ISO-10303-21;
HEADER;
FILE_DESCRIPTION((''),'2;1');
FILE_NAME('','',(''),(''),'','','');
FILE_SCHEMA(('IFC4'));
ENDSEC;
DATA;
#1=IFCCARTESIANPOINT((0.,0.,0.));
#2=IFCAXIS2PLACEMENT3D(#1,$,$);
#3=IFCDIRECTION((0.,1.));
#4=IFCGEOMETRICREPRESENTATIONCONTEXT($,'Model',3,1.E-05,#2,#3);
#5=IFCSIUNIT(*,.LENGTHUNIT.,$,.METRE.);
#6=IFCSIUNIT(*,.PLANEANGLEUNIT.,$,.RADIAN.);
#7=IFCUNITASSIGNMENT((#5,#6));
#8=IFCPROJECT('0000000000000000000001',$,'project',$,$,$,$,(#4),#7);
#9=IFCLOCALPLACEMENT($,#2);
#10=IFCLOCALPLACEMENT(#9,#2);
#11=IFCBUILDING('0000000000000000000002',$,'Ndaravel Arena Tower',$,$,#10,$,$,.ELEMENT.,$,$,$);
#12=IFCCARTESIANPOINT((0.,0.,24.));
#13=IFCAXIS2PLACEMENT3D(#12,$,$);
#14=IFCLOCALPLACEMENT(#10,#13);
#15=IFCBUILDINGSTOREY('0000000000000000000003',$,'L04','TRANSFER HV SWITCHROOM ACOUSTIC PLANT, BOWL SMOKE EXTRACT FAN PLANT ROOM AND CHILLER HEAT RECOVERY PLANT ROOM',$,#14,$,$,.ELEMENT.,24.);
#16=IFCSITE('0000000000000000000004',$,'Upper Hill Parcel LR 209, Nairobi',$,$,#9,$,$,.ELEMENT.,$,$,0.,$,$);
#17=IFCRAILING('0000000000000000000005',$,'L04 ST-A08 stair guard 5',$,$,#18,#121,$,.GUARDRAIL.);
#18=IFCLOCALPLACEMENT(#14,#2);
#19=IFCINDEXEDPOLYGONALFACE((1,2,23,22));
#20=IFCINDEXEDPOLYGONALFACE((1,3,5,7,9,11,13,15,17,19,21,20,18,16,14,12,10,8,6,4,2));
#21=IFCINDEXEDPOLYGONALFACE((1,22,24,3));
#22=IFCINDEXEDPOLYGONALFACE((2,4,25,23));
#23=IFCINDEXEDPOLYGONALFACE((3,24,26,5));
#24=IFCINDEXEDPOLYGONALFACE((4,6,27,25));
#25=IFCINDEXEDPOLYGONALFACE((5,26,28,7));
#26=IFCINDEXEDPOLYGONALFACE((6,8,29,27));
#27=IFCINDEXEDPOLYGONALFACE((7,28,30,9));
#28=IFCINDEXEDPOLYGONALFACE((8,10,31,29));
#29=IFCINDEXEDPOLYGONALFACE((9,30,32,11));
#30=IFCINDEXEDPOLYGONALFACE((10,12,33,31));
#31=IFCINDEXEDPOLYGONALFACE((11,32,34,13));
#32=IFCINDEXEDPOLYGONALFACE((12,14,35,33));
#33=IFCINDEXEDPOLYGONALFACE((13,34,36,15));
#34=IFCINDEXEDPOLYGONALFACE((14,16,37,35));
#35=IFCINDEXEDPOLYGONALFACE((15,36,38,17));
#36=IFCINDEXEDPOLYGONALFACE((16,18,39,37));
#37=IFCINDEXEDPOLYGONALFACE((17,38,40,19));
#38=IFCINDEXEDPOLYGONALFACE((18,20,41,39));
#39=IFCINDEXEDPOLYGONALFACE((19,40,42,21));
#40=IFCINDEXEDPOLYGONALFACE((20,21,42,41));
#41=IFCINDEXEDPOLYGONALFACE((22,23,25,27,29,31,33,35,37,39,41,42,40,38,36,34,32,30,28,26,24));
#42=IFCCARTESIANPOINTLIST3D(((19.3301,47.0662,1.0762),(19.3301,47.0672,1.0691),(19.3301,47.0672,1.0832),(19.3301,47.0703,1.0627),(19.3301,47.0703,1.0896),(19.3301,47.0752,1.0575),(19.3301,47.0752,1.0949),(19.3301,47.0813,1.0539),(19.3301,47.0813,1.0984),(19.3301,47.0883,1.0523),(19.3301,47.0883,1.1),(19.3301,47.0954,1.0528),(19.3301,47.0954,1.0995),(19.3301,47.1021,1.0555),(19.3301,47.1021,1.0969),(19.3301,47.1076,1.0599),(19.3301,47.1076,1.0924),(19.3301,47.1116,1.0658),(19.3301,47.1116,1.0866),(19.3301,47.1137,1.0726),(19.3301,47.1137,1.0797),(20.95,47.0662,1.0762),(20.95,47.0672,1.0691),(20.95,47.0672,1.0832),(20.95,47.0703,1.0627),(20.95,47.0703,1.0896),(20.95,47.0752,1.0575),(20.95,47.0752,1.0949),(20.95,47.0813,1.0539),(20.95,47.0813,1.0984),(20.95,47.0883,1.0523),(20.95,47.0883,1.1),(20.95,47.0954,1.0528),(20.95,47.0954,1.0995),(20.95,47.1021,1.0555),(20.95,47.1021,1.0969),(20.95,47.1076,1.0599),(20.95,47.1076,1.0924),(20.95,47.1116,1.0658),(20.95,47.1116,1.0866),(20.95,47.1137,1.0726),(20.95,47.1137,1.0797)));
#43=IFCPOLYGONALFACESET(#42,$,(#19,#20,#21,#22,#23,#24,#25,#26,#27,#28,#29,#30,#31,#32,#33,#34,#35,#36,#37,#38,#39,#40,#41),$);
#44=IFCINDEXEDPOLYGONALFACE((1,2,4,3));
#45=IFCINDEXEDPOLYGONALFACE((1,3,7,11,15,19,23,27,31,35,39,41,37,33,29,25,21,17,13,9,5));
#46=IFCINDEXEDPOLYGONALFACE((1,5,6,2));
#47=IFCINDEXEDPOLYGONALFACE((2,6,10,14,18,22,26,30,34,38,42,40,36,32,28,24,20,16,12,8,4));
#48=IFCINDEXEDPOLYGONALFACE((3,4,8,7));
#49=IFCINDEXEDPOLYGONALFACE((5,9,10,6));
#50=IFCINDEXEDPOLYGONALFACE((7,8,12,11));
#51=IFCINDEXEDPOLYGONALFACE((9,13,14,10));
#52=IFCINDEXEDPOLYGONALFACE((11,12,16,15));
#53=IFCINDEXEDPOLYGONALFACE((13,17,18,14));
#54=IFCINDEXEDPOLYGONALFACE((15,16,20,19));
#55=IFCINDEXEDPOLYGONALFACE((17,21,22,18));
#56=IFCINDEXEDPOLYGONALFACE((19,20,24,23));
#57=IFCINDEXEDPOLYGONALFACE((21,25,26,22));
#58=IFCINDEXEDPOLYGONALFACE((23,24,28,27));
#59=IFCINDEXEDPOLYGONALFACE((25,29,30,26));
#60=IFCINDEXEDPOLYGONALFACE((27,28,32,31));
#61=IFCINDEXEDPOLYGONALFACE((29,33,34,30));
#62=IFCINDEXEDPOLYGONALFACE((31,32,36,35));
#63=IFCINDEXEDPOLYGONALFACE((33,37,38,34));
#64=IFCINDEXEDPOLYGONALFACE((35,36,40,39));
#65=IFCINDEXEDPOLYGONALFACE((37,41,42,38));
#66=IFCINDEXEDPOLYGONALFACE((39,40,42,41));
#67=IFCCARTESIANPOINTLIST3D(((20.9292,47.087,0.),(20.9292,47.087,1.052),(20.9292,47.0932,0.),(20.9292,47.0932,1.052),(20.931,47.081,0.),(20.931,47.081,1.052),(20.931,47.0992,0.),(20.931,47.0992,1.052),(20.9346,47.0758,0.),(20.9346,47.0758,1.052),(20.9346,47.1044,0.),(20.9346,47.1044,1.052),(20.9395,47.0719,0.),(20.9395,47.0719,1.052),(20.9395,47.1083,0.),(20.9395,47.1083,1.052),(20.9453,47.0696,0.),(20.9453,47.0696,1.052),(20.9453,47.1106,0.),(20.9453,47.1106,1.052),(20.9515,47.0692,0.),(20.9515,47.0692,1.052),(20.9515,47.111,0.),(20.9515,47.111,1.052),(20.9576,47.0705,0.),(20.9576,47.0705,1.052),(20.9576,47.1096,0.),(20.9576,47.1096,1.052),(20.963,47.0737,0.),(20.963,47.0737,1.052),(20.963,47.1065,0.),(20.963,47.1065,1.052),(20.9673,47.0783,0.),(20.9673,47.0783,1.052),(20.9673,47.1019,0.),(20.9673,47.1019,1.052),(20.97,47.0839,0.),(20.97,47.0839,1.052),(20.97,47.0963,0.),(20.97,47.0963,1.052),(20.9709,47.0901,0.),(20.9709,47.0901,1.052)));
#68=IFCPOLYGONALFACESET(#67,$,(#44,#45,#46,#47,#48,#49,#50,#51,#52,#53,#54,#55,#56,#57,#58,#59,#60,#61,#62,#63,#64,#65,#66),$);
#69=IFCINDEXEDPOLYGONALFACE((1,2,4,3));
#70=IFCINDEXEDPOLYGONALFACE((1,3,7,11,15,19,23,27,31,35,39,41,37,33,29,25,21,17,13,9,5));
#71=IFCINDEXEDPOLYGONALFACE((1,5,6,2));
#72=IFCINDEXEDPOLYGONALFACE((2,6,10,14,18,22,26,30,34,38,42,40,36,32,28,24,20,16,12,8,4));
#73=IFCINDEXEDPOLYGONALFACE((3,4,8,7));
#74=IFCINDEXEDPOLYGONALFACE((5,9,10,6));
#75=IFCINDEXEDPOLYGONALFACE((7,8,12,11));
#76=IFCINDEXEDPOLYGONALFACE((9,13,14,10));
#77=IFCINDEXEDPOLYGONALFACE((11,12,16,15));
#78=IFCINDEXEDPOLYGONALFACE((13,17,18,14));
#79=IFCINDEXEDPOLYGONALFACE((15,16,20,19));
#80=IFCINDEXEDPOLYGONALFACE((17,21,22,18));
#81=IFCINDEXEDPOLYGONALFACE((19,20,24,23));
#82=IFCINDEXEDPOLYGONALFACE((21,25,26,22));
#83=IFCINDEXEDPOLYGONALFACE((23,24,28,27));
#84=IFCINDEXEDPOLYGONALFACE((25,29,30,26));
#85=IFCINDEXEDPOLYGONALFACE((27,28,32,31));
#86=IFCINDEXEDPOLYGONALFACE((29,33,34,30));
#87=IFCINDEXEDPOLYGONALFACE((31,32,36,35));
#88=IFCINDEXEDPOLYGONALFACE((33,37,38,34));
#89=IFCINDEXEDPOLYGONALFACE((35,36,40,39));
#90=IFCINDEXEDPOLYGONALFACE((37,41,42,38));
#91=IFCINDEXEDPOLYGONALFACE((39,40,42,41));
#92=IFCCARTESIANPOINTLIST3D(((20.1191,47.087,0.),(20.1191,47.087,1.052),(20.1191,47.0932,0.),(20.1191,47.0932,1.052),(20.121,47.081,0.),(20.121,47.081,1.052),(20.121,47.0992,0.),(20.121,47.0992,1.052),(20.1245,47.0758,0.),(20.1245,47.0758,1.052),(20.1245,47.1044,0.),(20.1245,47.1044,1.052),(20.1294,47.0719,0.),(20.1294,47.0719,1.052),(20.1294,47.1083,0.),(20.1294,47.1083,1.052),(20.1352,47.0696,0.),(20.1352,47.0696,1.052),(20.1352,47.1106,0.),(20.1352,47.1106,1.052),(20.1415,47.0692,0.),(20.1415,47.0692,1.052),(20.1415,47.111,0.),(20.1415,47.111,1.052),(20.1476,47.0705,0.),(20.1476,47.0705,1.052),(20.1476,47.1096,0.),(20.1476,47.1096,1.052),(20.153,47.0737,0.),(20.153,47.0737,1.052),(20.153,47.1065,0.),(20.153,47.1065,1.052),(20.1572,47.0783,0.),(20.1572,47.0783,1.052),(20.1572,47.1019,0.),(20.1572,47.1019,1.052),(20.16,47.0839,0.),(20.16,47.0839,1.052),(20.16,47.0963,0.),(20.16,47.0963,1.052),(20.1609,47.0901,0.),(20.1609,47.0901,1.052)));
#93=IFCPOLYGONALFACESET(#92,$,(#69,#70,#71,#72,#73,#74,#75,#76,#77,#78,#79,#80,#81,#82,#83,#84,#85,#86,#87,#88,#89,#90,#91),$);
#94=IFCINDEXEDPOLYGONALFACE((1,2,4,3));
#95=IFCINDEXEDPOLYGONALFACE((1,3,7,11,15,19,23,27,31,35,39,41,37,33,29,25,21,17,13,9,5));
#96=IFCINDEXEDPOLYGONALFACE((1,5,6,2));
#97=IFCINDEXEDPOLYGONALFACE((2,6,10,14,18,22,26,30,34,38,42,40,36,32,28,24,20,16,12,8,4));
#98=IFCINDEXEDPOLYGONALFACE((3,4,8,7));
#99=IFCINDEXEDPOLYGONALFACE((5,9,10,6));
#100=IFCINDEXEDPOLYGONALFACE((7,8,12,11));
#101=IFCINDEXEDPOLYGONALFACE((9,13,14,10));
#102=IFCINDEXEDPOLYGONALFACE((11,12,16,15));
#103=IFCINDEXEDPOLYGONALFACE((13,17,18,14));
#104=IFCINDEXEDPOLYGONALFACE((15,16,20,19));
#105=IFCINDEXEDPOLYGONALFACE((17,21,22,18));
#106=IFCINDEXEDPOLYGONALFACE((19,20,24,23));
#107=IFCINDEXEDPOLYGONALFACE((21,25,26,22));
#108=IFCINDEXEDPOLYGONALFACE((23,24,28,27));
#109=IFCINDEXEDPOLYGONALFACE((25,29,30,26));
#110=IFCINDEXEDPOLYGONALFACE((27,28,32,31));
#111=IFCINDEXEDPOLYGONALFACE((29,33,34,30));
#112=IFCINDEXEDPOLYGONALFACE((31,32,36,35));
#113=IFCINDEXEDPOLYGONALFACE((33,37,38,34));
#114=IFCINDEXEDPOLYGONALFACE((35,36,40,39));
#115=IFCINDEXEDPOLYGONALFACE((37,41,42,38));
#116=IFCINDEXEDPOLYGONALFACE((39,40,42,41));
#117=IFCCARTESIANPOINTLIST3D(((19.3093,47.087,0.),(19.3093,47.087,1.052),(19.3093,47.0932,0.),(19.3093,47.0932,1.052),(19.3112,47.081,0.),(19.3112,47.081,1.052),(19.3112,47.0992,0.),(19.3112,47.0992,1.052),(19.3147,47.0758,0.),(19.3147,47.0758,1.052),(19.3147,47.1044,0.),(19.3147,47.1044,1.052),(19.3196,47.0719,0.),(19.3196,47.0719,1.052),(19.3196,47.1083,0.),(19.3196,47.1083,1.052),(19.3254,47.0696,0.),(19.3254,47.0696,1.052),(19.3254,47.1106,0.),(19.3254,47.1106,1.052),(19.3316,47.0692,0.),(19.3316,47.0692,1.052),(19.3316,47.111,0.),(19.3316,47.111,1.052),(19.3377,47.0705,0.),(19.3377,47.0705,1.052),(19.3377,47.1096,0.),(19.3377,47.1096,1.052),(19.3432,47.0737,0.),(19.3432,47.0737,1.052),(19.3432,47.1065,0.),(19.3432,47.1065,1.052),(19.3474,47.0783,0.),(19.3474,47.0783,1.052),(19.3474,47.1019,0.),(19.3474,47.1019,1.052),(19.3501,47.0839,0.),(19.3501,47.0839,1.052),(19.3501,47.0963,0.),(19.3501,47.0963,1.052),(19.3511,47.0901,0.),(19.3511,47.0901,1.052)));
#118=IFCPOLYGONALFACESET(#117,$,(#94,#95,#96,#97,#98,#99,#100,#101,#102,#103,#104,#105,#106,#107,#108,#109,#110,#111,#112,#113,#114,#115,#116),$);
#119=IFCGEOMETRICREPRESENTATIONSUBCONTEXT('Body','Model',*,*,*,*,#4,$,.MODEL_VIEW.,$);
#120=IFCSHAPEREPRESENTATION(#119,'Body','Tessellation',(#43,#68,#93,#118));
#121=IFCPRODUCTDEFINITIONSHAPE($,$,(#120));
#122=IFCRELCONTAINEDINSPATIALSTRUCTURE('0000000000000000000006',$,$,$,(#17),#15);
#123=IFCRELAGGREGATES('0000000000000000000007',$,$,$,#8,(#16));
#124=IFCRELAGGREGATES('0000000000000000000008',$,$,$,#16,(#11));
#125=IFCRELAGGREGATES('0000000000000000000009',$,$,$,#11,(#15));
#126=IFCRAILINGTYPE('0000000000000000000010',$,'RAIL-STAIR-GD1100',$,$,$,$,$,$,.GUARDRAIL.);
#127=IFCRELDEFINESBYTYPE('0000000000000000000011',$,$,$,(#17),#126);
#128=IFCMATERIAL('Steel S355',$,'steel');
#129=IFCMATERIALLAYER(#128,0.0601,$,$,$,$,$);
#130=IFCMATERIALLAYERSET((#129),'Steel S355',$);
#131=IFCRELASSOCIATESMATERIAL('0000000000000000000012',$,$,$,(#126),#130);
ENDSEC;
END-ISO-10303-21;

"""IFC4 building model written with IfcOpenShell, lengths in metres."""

from ifc_helpers import new_model, si_unit, direction, frame, origin, origin_2d, place, context, subcontext, project, spatial, circle, extrude, material, layer, layer_set, type_object, element, save


model = new_model("IFC4")

# Units and contexts
model_context = context("Model", 3, precision=1e-05, world=origin(), true_north=direction((0.0, 1.0)))
body_context = subcontext(model_context, "Body", "Model", "MODEL_VIEW")
ifc_project = project(units=[si_unit("LENGTHUNIT", "METRE"), si_unit("PLANEANGLEUNIT", "RADIAN")], contexts=[model_context])

# Site, building, storey
site_placement = place(None, origin())
site = spatial("IfcSite", under=ifc_project, at=site_placement, Name="Upper Hill Parcel LR 209, Nairobi", CompositionType="ELEMENT", RefElevation=0.0)
building_placement = place(site_placement, origin())
building = spatial("IfcBuilding", under=site, at=building_placement, Name="Ndaravel Arena Tower", CompositionType="ELEMENT")
storey_placement = place(building_placement, frame((0.0, 0.0, 24.0)))
storey = spatial("IfcBuildingStorey", under=building, at=storey_placement, Name="L04", Description="TRANSFER HV SWITCHROOM ACOUSTIC PLANT, BOWL SMOKE EXTRACT FAN PLANT ROOM AND CHILLER HEAT RECOVERY PLANT ROOM", CompositionType="ELEMENT", Elevation=24.0)

# Railing
ifc_material_1 = material(Name="Steel S355", Category="steel")
ifc_layer_1 = layer(ifc_material_1, 0.0601)
ifc_layer_set_1 = layer_set([ifc_layer_1], Name="Steel S355")
railing_type_1 = type_object("IfcRailingType", Name="RAIL-STAIR-GD1100", PredefinedType="GUARDRAIL", material=ifc_layer_set_1)
for number, where, name in (
    (1, (20.95, 47.0901, 0.0), "L04 ST-A08 stair guard 5"),
):
    element("IfcRailing", number, at=place(storey_placement, frame(where)), inside=storey, type_object=railing_type_1, Name=name, PredefinedType="GUARDRAIL", context=body_context, shape_type="SweptSolid", body=[
        extrude(circle(Radius=0.0239, at=origin_2d()), frame((0.0, 0.0, 1.0762), z_axis=(-1.0, 0.0, 0.0), x_axis=(0.0, -1.0, 0.0)), (0.0, 0.0, 1.0), 1.6199),
        extrude(circle(Radius=0.021, at=origin_2d()), origin(), (0.0, 0.0, 1.0), 1.052),
        extrude(circle(Radius=0.021, at=origin_2d()), frame((-0.8101, 0.0, 0.0)), (0.0, 0.0, 1.0), 1.052),
        extrude(circle(Radius=0.021, at=origin_2d()), frame((-1.6199, 0.0, 0.0)), (0.0, 0.0, 1.0), 1.052),
    ])

save(model, "model.ifc")
